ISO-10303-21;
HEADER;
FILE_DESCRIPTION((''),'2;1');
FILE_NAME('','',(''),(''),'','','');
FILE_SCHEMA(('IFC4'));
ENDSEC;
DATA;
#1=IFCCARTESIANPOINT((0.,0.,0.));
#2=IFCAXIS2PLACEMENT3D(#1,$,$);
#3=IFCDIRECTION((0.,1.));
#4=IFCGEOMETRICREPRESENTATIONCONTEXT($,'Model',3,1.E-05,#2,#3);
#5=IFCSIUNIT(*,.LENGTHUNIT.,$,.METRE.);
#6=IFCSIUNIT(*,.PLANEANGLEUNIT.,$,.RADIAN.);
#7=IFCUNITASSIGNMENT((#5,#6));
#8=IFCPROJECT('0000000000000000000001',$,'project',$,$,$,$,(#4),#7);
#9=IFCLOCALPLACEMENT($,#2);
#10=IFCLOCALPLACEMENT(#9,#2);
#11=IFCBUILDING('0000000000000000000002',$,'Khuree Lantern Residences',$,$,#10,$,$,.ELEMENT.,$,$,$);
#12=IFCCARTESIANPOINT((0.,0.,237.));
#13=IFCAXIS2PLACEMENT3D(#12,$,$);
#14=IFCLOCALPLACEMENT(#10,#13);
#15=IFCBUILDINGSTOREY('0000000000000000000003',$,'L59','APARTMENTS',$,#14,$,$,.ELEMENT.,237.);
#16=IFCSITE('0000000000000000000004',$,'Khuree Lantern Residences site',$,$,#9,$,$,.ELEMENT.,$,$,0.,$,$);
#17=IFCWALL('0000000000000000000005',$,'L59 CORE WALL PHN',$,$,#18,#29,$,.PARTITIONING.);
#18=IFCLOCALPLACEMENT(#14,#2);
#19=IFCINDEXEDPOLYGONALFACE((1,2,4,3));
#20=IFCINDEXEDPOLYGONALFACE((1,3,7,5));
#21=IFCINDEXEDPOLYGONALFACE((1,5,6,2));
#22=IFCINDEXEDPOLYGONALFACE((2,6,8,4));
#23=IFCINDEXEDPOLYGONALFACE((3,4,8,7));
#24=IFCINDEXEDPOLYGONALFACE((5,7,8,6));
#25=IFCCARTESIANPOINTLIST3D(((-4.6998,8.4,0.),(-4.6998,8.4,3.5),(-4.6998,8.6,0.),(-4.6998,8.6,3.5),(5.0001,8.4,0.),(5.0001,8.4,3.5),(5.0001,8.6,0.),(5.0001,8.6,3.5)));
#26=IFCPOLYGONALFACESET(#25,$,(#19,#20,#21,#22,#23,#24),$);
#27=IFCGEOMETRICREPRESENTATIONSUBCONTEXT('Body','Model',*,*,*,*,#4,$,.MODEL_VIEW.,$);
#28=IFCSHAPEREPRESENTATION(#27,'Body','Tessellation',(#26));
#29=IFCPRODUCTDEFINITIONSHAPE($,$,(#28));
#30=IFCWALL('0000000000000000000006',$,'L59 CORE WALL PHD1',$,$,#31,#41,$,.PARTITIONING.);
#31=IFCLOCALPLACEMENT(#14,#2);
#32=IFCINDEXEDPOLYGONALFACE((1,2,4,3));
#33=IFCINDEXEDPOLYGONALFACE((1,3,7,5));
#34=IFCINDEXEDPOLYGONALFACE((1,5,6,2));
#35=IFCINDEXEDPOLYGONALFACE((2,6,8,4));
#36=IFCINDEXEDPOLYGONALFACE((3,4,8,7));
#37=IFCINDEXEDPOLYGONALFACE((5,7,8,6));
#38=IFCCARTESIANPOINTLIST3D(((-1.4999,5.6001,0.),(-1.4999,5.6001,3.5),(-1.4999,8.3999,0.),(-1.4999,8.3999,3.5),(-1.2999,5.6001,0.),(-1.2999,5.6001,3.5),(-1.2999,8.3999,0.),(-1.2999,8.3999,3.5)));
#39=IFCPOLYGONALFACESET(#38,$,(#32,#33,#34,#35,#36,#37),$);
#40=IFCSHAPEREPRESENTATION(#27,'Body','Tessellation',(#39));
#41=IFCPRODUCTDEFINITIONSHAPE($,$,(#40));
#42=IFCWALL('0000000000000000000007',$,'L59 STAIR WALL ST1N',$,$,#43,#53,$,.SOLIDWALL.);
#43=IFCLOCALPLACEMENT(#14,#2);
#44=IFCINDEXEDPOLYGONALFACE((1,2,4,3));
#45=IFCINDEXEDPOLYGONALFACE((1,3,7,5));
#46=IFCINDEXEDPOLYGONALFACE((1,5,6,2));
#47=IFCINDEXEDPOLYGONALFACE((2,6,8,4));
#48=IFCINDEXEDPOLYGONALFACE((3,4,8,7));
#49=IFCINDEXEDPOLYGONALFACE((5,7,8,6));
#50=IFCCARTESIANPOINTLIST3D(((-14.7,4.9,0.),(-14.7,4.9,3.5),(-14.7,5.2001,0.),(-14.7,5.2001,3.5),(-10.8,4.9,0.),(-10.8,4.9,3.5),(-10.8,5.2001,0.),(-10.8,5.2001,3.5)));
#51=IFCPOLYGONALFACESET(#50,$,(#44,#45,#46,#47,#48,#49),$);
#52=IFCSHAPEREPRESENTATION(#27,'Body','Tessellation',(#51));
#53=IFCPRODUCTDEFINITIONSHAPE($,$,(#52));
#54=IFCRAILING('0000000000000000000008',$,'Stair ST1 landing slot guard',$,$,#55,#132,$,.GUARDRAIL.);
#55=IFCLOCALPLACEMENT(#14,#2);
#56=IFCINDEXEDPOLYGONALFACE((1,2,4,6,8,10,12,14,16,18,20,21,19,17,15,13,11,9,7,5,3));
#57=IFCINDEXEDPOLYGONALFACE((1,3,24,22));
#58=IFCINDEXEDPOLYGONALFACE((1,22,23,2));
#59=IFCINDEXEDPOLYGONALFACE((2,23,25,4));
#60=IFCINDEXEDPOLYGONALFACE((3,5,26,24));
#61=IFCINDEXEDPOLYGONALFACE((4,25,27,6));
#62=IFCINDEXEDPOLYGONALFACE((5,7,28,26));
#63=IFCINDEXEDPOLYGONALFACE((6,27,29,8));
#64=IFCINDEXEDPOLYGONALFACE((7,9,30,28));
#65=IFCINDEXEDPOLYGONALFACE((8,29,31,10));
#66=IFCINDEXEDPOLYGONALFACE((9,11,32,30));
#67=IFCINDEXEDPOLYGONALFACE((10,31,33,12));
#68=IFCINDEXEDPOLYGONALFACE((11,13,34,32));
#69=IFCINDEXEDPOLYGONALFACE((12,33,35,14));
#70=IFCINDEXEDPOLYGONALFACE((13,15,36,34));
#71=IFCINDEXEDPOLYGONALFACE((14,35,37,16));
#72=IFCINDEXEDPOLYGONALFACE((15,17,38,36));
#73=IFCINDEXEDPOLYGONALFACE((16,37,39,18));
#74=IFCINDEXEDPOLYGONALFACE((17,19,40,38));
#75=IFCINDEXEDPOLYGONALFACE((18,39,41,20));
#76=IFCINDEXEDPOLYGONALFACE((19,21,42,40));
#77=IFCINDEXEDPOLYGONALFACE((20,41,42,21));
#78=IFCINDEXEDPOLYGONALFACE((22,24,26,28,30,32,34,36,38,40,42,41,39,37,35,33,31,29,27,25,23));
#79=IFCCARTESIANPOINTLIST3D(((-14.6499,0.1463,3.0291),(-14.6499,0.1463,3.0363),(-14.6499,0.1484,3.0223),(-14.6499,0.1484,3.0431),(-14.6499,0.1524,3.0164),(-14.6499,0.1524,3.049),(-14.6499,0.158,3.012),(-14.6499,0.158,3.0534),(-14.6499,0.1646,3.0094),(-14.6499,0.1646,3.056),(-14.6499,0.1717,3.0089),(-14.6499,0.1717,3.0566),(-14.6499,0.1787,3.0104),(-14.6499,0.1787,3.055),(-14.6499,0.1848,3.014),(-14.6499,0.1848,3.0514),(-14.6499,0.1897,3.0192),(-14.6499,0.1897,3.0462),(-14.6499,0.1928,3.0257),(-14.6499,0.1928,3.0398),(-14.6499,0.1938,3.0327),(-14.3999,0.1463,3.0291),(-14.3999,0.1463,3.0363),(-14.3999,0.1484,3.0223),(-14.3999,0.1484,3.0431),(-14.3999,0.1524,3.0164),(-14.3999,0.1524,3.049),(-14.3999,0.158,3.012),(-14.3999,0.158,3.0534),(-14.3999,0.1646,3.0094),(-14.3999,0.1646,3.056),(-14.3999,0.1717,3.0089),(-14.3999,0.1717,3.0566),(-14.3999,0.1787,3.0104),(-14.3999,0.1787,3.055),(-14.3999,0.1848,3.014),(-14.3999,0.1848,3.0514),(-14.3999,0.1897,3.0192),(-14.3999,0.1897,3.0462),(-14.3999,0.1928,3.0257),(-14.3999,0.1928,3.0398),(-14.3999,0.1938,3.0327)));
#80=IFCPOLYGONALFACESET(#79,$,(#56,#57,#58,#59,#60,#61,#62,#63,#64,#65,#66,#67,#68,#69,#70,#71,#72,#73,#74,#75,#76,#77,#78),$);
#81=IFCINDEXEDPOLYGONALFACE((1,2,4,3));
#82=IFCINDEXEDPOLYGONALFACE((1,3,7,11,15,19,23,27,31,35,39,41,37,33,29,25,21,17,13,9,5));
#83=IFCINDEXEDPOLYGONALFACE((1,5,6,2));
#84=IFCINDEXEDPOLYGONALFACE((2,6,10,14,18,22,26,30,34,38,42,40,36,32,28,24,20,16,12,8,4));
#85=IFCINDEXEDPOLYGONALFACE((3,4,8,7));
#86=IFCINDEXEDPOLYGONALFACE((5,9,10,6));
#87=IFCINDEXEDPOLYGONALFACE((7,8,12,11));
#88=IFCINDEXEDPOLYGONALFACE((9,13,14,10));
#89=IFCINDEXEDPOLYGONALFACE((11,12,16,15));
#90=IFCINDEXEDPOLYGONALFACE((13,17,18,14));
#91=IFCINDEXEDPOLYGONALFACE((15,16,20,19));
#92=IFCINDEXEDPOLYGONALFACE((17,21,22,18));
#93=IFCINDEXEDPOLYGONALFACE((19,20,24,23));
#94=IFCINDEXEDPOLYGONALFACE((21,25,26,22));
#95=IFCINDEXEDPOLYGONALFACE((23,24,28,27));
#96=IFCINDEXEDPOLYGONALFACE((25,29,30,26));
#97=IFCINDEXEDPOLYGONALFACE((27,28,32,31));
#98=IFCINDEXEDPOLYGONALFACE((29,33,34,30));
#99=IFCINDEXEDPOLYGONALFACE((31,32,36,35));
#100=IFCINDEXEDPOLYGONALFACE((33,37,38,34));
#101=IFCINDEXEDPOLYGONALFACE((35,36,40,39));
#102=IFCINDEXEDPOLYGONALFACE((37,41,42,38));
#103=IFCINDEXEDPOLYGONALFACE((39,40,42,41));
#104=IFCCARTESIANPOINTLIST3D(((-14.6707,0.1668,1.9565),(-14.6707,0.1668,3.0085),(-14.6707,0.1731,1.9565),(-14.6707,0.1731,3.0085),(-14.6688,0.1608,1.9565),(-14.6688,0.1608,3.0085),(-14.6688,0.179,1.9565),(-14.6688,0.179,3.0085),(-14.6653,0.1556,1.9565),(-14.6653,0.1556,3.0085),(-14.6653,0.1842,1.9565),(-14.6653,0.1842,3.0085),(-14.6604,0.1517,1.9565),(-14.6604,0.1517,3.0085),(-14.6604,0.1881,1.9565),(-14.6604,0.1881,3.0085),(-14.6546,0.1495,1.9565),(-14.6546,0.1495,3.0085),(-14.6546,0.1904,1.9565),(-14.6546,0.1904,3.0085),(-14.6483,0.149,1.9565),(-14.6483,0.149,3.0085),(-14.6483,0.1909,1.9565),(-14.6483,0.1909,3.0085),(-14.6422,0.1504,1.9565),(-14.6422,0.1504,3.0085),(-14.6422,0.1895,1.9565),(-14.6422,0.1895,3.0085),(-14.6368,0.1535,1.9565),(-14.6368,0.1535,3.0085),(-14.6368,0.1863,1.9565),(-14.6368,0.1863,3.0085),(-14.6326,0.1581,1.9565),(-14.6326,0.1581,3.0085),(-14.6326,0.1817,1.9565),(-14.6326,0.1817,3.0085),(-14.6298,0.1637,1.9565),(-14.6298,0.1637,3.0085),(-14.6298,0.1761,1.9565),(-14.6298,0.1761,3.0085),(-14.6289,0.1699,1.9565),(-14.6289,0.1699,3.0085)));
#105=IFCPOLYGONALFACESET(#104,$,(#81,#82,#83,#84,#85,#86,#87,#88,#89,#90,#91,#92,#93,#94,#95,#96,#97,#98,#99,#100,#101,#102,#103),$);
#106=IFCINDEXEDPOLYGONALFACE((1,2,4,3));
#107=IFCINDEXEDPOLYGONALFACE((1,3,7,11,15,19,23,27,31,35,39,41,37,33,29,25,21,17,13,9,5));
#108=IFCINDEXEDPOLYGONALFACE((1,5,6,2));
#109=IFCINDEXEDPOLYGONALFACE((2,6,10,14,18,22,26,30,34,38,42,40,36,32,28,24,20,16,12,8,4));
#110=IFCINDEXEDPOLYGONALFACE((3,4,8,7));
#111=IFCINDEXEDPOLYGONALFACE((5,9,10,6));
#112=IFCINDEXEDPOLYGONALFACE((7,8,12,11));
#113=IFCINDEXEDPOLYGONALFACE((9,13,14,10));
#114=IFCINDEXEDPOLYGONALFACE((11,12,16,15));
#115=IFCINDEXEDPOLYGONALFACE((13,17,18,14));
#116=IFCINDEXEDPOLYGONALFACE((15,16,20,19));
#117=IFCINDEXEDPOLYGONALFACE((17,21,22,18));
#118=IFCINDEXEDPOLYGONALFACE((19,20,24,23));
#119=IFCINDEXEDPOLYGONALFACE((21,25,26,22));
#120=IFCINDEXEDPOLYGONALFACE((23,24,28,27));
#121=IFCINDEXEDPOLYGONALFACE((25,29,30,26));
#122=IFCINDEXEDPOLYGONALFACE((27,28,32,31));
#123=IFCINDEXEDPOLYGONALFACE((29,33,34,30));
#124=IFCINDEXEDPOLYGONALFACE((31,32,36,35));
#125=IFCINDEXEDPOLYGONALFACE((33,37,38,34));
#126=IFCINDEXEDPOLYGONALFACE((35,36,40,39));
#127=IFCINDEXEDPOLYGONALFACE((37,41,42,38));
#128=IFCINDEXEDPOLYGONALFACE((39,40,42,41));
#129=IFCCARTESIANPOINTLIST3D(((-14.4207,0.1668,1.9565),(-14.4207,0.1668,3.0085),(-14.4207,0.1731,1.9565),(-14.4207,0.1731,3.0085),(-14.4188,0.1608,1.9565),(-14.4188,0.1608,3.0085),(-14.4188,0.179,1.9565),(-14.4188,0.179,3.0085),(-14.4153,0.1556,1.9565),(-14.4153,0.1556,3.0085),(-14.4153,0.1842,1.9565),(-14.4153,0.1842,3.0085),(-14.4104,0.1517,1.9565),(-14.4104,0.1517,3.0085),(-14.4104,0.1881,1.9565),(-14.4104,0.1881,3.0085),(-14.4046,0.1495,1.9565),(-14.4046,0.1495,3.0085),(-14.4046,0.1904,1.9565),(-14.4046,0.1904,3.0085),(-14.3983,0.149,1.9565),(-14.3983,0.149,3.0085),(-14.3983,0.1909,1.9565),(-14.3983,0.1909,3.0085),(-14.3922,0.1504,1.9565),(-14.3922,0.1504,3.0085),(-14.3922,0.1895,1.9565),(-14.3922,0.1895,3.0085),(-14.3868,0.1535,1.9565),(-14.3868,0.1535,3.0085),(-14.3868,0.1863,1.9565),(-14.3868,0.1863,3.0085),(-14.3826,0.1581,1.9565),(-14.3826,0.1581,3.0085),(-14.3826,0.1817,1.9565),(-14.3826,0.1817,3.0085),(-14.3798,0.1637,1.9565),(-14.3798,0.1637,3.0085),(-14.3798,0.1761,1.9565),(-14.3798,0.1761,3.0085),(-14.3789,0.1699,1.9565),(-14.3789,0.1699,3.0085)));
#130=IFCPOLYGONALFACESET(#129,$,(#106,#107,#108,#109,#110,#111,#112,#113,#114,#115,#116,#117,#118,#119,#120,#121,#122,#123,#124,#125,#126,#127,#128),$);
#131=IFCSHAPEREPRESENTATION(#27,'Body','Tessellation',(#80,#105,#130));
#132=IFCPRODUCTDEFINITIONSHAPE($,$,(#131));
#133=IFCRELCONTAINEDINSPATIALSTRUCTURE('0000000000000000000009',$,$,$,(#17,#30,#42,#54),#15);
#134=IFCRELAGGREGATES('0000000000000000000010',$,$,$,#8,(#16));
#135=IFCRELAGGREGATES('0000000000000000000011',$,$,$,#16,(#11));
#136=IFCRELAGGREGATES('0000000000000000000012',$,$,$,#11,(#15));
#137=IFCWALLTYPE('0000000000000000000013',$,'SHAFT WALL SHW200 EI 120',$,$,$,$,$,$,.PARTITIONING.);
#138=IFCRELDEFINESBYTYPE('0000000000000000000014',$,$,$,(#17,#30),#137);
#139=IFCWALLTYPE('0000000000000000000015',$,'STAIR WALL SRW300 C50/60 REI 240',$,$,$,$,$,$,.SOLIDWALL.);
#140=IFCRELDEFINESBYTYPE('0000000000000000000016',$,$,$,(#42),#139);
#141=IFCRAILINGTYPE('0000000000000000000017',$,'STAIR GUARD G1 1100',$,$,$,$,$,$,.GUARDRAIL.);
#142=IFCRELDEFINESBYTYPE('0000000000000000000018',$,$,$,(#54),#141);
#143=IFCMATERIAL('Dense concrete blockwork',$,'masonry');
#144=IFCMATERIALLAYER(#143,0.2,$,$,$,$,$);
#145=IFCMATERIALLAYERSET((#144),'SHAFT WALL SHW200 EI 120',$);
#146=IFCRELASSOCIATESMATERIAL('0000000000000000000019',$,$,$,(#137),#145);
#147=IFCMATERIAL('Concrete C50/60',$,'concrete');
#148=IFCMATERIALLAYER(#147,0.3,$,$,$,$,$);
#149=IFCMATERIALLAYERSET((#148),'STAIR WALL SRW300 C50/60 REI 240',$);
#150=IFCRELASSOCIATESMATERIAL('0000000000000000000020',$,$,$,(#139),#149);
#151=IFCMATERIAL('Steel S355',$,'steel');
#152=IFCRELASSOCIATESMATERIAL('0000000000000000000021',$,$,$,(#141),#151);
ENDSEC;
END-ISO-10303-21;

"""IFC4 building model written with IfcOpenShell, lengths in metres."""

from ifc_helpers import new_model, si_unit, direction, frame, frame_2d, origin, origin_2d, place, context, subcontext, project, spatial, rectangle, circle, extrude, material, layer, layer_set, type_object, element, save


model = new_model("IFC4")

# Units and contexts
model_context = context("Model", 3, precision=1e-05, world=origin(), true_north=direction((0.0, 1.0)))
body_context = subcontext(model_context, "Body", "Model", "MODEL_VIEW")
ifc_project = project(units=[si_unit("LENGTHUNIT", "METRE"), si_unit("PLANEANGLEUNIT", "RADIAN")], contexts=[model_context])

# Site, building, storey
site_placement = place(None, origin())
site = spatial("IfcSite", under=ifc_project, at=site_placement, Name="Khuree Lantern Residences site", CompositionType="ELEMENT", RefElevation=0.0)
building_placement = place(site_placement, origin())
building = spatial("IfcBuilding", under=site, at=building_placement, Name="Khuree Lantern Residences", CompositionType="ELEMENT")
storey_placement = place(building_placement, frame((0.0, 0.0, 237.0)))
storey = spatial("IfcBuildingStorey", under=building, at=storey_placement, Name="L59", Description="APARTMENTS", CompositionType="ELEMENT", Elevation=237.0)

# Shared definitions
ifc_material_1 = material(Name="Concrete C50/60", Category="concrete")

# Shared definitions
ifc_material_2 = material(Name="Dense concrete blockwork", Category="masonry")

# Walls
ifc_layer_1 = layer(ifc_material_2, 0.2)
ifc_layer_set_1 = layer_set([ifc_layer_1], Name="SHAFT WALL SHW200 EI 120")
wall_type_1 = type_object("IfcWallType", Name="SHAFT WALL SHW200 EI 120", PredefinedType="PARTITIONING", material=ifc_layer_set_1)
wall_1_placement = place(storey_placement, frame((-4.7, 8.5, 0.0), z_axis=(0.0, 0.0, 1.0), x_axis=(1.0, 0.0, 0.0)))
element("IfcWall", 1, at=wall_1_placement, inside=storey, type_object=wall_type_1, Name="L59 CORE WALL PHN", PredefinedType="PARTITIONING", context=body_context, shape_type="SweptSolid", body=[
    extrude(rectangle(XDim=9.7, YDim=0.2, at=frame_2d((4.8501, 0.0))), origin(), (0.0, 0.0, 1.0), 3.5),
])
wall_2_placement = place(storey_placement, frame((-1.3999, 5.6001, 0.0), z_axis=(0.0, 0.0, 1.0), x_axis=(0.0, 1.0, 0.0)))
element("IfcWall", 2, at=wall_2_placement, inside=storey, type_object=wall_type_1, Name="L59 CORE WALL PHD1", PredefinedType="PARTITIONING", context=body_context, shape_type="SweptSolid", body=[
    extrude(rectangle(XDim=2.7998, YDim=0.2, at=frame_2d((1.3999, 0.0))), origin(), (0.0, 0.0, 1.0), 3.5),
])
ifc_layer_2 = layer(ifc_material_1, 0.3)
ifc_layer_set_2 = layer_set([ifc_layer_2], Name="STAIR WALL SRW300 C50/60 REI 240")
wall_type_2 = type_object("IfcWallType", Name="STAIR WALL SRW300 C50/60 REI 240", PredefinedType="SOLIDWALL", material=ifc_layer_set_2)
wall_3_placement = place(storey_placement, frame((-14.7, 5.05, 0.0), z_axis=(0.0, 0.0, 1.0), x_axis=(1.0, 0.0, 0.0)))
element("IfcWall", 3, at=wall_3_placement, inside=storey, type_object=wall_type_2, Name="L59 STAIR WALL ST1N", PredefinedType="SOLIDWALL", context=body_context, shape_type="SweptSolid", body=[
    extrude(rectangle(XDim=3.8999, YDim=0.3, at=frame_2d((1.95, 0.0))), origin(), (0.0, 0.0, 1.0), 3.5),
])

# Railing
ifc_material_3 = material(Name="Steel S355", Category="steel")
railing_type = type_object("IfcRailingType", Name="STAIR GUARD G1 1100", PredefinedType="GUARDRAIL", material=ifc_material_3)
railing_placement = place(storey_placement, frame((-14.6499, 0.1699, 1.9565)))
element("IfcRailing", 4, at=railing_placement, inside=storey, type_object=railing_type, Name="Stair ST1 landing slot guard", PredefinedType="GUARDRAIL", context=body_context, shape_type="SweptSolid", body=[
    extrude(circle(Radius=0.0239, at=origin_2d()), frame((0.0, 0.0, 1.0762), z_axis=(1.0, 0.0, 0.0), x_axis=(0.0, 1.0, 0.0)), (0.0, 0.0, 1.0), 0.25),
    extrude(circle(Radius=0.021, at=origin_2d()), origin(), (0.0, 0.0, 1.0), 1.052),
    extrude(circle(Radius=0.021, at=origin_2d()), frame((0.25, 0.0, 0.0)), (0.0, 0.0, 1.0), 1.052),
])

save(model, "model.ifc")
